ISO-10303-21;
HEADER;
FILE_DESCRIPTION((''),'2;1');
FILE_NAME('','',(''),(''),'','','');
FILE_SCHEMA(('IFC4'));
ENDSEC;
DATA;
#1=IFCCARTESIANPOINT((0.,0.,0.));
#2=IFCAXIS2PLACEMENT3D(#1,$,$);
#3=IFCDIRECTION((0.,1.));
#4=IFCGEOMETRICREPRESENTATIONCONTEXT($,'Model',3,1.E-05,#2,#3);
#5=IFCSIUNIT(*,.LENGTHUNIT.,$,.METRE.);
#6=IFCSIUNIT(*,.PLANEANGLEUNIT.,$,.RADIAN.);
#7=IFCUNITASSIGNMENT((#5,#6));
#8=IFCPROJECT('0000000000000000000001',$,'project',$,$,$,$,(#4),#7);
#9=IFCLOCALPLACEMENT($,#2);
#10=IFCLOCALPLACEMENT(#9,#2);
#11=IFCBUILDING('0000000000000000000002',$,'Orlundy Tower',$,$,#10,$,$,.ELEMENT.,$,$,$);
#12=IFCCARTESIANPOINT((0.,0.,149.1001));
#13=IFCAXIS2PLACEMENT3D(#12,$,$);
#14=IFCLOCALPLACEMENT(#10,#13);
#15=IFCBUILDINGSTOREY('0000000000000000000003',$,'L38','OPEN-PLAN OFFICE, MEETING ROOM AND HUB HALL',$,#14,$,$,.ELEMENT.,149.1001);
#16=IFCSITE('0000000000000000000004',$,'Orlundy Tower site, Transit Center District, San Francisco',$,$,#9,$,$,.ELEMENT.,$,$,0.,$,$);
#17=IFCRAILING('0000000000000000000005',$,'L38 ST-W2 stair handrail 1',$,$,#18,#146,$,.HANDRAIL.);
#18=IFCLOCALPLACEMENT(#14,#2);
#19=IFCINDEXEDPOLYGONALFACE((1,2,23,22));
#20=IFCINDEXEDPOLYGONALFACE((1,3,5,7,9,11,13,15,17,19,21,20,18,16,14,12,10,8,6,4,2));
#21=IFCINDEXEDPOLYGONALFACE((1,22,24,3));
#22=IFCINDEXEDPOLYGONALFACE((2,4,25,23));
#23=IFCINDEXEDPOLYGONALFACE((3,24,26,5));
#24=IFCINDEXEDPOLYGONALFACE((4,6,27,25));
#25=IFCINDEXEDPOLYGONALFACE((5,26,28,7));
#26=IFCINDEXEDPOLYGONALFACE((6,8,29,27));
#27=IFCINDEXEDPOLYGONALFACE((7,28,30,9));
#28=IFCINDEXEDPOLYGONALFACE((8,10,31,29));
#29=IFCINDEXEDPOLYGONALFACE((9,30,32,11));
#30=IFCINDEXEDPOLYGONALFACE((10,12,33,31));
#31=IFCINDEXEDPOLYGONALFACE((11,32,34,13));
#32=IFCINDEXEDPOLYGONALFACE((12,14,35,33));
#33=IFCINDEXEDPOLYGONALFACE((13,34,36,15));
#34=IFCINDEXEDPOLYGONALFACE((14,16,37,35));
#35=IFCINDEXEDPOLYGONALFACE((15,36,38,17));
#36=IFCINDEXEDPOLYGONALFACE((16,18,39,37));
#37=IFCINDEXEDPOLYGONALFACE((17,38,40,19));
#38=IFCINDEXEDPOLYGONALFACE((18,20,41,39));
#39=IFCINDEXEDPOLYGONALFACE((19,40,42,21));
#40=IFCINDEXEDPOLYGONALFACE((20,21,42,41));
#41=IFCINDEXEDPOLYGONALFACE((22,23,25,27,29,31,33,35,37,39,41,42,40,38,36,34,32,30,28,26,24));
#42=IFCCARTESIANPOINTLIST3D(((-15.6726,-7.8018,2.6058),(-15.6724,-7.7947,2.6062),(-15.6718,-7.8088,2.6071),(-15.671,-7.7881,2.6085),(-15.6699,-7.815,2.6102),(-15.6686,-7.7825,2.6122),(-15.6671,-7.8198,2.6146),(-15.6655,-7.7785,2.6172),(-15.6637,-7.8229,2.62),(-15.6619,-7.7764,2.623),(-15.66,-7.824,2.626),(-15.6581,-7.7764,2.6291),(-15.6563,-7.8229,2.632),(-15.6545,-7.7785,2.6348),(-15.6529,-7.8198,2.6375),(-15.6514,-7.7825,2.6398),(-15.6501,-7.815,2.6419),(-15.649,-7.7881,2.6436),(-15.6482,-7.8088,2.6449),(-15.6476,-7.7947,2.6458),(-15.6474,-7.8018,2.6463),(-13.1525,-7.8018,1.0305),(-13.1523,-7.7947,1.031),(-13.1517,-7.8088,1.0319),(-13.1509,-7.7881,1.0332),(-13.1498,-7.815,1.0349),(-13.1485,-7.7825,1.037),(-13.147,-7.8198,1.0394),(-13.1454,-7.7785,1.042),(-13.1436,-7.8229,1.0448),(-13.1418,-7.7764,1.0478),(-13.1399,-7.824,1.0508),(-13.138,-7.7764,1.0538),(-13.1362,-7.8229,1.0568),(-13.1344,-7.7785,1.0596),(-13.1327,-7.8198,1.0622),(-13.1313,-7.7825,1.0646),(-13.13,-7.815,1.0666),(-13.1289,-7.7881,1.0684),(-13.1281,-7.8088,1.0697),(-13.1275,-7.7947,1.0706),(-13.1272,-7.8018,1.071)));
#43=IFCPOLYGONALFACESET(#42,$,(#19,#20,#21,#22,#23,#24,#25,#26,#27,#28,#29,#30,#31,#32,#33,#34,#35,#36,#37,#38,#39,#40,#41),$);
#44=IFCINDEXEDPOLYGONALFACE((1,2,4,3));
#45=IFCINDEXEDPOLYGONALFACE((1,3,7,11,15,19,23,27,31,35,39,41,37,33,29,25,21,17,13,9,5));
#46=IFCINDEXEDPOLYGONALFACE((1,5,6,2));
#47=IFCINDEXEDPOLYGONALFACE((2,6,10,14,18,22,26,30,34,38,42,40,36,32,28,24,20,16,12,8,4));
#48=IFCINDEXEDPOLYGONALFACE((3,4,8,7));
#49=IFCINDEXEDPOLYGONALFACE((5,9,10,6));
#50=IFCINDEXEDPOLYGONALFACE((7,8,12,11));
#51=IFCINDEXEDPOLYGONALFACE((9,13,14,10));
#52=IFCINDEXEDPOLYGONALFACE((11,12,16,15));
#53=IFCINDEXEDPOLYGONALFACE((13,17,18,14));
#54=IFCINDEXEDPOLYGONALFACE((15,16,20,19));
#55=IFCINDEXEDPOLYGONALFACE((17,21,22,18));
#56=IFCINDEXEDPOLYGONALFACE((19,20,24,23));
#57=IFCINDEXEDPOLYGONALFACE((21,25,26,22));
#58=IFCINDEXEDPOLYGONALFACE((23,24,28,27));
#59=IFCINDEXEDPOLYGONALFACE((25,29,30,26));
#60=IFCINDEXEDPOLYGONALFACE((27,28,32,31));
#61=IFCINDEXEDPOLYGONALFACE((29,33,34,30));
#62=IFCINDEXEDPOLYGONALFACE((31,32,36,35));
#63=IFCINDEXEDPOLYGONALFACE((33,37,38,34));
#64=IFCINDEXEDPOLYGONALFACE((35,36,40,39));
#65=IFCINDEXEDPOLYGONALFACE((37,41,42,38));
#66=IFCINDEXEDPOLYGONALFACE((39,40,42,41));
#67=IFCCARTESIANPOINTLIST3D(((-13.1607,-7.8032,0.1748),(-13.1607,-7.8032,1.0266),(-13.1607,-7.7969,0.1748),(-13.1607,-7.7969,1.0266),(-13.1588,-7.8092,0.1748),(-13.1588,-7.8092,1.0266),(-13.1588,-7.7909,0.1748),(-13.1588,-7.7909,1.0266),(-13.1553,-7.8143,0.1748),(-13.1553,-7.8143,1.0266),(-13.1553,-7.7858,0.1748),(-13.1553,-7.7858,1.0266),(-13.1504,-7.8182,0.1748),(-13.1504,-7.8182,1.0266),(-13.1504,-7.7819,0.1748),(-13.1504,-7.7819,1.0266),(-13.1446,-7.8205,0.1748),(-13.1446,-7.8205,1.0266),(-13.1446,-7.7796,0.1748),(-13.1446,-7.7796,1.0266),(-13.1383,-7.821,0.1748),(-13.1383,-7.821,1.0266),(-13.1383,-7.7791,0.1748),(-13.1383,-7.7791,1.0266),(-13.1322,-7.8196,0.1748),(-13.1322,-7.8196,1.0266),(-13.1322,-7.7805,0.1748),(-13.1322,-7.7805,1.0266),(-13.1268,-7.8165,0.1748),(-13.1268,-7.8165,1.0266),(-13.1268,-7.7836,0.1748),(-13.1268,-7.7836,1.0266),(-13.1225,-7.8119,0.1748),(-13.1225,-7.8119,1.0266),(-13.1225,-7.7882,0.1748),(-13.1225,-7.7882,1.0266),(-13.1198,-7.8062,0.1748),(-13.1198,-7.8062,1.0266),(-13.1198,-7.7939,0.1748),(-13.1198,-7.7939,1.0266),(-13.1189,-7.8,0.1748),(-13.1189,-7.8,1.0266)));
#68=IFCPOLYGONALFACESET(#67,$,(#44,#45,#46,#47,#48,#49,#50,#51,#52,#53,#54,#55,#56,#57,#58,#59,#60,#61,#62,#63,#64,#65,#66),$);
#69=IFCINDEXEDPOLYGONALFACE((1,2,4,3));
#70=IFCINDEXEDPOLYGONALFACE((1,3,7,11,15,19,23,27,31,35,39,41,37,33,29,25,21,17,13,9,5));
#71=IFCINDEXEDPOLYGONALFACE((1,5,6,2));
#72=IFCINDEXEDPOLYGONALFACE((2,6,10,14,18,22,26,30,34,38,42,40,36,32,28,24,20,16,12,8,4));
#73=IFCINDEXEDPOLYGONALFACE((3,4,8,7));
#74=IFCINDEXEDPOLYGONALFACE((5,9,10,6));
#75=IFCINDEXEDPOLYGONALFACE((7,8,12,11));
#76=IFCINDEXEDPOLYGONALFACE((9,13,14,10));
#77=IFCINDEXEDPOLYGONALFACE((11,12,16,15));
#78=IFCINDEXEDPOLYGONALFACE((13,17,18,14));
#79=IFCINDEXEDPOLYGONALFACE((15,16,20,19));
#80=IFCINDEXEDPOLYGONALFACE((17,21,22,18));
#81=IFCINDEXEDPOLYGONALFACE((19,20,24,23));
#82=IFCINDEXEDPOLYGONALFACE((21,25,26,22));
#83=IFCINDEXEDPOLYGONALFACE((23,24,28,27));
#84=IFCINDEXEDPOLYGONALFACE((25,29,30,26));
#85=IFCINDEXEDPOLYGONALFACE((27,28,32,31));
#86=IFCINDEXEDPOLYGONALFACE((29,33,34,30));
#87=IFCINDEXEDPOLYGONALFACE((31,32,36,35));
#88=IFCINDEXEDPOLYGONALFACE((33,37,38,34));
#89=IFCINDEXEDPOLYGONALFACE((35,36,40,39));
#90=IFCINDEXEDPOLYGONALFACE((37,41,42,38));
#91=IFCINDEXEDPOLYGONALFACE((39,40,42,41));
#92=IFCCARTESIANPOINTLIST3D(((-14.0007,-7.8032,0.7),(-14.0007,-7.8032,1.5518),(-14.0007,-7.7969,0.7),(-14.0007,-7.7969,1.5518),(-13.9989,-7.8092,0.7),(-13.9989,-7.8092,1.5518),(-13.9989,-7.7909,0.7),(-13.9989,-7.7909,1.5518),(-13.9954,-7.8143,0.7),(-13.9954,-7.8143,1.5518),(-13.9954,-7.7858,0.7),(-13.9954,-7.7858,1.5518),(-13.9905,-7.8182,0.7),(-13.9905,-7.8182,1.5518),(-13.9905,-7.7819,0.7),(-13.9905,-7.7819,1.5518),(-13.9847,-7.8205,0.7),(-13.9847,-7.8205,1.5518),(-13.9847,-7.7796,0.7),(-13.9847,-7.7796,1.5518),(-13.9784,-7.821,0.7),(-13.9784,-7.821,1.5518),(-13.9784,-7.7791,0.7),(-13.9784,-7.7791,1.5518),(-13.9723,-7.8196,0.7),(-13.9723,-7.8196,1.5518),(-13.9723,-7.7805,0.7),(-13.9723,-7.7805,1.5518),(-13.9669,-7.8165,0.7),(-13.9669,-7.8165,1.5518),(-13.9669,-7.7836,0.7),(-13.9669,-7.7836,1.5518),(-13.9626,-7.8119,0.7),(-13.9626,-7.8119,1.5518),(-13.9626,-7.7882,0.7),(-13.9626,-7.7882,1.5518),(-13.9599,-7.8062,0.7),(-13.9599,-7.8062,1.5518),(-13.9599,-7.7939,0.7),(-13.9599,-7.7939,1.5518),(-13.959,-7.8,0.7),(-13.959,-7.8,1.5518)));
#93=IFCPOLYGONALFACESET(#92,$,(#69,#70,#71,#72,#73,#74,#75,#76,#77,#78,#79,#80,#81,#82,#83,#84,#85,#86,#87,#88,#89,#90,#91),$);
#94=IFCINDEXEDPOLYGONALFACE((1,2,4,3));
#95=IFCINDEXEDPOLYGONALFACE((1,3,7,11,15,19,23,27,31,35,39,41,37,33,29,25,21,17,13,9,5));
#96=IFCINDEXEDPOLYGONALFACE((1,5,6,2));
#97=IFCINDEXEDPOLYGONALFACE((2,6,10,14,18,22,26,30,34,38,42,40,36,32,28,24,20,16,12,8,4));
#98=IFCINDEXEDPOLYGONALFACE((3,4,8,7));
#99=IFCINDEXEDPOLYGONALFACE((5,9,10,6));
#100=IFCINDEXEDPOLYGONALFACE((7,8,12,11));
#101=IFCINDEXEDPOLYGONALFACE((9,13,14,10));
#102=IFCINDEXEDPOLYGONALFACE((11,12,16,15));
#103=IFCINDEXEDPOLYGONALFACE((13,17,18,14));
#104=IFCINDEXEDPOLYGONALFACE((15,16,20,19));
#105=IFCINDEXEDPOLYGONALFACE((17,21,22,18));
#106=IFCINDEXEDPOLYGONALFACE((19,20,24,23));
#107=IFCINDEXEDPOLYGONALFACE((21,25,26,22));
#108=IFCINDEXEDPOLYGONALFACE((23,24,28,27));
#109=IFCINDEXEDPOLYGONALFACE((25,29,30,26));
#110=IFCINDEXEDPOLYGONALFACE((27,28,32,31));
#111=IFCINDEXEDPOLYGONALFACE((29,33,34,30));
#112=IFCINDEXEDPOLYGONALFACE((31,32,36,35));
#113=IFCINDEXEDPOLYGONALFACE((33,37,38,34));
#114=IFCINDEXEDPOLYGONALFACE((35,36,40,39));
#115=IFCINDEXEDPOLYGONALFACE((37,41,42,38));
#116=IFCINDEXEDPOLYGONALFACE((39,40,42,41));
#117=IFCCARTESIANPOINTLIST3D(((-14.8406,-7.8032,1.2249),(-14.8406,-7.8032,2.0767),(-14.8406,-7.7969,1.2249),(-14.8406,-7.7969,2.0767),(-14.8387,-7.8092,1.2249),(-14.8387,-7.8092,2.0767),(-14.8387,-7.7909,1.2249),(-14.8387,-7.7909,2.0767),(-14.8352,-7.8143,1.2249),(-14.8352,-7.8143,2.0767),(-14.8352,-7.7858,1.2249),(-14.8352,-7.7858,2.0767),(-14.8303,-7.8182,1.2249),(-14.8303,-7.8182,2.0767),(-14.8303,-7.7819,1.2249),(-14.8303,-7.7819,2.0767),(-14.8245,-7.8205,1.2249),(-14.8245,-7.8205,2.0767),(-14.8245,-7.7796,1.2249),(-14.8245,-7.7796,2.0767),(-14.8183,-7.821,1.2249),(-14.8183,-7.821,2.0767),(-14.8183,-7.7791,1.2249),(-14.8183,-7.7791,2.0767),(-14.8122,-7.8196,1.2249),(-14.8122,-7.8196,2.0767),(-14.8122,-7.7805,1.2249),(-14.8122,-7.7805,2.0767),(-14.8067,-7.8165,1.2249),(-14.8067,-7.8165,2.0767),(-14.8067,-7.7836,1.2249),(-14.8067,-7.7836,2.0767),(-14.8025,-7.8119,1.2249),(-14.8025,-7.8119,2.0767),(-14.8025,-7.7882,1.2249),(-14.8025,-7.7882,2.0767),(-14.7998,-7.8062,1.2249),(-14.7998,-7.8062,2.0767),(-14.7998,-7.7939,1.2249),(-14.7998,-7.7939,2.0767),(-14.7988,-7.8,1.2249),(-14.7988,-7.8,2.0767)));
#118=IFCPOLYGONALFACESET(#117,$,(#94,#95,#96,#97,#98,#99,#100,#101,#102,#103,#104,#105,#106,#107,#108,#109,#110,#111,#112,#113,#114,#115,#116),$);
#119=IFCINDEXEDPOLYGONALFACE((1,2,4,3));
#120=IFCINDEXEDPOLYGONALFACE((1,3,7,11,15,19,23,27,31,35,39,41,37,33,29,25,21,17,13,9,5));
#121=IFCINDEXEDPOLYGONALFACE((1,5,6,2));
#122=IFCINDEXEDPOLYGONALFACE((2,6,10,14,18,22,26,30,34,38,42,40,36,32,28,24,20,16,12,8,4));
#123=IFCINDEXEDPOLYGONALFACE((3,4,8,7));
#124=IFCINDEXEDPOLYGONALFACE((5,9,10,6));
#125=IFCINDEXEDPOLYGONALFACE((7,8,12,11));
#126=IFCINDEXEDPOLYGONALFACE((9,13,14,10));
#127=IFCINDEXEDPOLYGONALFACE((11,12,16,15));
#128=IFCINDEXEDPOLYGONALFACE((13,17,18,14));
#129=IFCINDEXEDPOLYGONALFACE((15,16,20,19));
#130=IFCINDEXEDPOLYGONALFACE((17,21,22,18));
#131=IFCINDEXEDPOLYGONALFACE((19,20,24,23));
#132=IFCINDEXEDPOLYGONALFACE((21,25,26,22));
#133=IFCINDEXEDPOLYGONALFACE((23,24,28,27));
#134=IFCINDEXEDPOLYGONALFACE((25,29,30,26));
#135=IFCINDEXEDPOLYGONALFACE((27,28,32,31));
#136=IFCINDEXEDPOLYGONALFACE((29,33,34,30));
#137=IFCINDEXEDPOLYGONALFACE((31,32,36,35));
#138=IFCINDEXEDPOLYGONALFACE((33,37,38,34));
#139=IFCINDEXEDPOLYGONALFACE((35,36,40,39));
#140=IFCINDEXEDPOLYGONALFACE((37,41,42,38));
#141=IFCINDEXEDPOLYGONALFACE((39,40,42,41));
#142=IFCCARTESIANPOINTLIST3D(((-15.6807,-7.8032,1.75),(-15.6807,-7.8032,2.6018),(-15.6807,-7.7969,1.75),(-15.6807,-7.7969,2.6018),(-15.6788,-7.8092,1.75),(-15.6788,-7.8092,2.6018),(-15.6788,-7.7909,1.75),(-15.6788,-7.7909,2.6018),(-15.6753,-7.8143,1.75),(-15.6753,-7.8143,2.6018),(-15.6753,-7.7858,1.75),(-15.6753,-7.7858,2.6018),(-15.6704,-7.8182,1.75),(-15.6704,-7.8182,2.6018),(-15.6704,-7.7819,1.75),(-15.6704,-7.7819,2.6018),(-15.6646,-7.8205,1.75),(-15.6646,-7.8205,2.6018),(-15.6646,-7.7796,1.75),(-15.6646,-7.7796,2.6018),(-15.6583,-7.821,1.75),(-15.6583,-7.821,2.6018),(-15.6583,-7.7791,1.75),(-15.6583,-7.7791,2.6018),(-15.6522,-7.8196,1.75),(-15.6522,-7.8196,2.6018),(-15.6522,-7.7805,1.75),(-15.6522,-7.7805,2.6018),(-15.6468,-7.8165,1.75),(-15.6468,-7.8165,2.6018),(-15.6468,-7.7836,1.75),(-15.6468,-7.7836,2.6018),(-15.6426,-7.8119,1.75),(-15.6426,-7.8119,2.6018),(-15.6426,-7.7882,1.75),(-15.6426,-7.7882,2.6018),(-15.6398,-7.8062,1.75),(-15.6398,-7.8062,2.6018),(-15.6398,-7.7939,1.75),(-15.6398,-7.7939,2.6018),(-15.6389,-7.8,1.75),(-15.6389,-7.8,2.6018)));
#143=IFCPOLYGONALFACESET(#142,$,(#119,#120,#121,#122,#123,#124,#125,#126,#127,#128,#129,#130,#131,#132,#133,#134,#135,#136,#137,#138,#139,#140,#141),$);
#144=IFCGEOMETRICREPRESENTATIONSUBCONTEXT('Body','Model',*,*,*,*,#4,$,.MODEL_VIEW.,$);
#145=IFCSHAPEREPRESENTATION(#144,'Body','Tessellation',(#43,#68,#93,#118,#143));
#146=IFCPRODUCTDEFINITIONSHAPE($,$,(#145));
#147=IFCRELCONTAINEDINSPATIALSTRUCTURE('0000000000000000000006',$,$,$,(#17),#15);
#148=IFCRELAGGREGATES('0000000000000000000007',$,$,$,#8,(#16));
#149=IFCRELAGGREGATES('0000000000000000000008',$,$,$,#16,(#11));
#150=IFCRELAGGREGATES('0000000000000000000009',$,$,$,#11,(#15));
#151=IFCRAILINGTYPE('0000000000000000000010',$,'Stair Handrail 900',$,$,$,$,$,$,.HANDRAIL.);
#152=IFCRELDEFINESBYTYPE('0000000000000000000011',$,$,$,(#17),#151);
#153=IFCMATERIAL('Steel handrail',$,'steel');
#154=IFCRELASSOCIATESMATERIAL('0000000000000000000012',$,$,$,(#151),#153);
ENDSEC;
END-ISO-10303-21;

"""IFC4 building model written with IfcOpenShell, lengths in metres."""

from ifc_helpers import new_model, si_unit, direction, frame, origin, origin_2d, place, context, subcontext, project, spatial, circle, extrude, material, type_object, element, save


model = new_model("IFC4")

# Units and contexts
model_context = context("Model", 3, precision=1e-05, world=origin(), true_north=direction((0.0, 1.0)))
body_context = subcontext(model_context, "Body", "Model", "MODEL_VIEW")
ifc_project = project(units=[si_unit("LENGTHUNIT", "METRE"), si_unit("PLANEANGLEUNIT", "RADIAN")], contexts=[model_context])

# Site, building, storey
site_placement = place(None, origin())
site = spatial("IfcSite", under=ifc_project, at=site_placement, Name="Orlundy Tower site, Transit Center District, San Francisco", CompositionType="ELEMENT", RefElevation=0.0)
building_placement = place(site_placement, origin())
building = spatial("IfcBuilding", under=site, at=building_placement, Name="Orlundy Tower", CompositionType="ELEMENT")
storey_placement = place(building_placement, frame((0.0, 0.0, 149.1001)))
storey = spatial("IfcBuildingStorey", under=building, at=storey_placement, Name="L38", Description="OPEN-PLAN OFFICE, MEETING ROOM AND HUB HALL", CompositionType="ELEMENT", Elevation=149.1001)

# Railing
ifc_material_1 = material(Name="Steel handrail", Category="steel")
railing_type_1 = type_object("IfcRailingType", Name="Stair Handrail 900", PredefinedType="HANDRAIL", material=ifc_material_1)
railing_1_placement = place(storey_placement, frame((-13.1399, -7.8, 0.1748)))
element("IfcRailing", 1, at=railing_1_placement, inside=storey, type_object=railing_type_1, Name="L38 ST-W2 stair handrail 1", PredefinedType="HANDRAIL", context=body_context, shape_type="SweptSolid", body=[
    extrude(circle(Radius=0.0239, at=origin_2d()), frame((0.0, 0.0, 0.876), z_axis=(-0.847971, 0.0, 0.530043), x_axis=(0.0, -1.0, 0.0)), (0.0, 0.0, 1.0), 2.9719),
    extrude(circle(Radius=0.021, at=origin_2d()), origin(), (0.0, 0.0, 1.0), 0.8518),
    extrude(circle(Radius=0.021, at=origin_2d()), frame((-0.8401, 0.0, 0.5251)), (0.0, 0.0, 1.0), 0.8518),
    extrude(circle(Radius=0.021, at=origin_2d()), frame((-1.6799, 0.0, 1.05)), (0.0, 0.0, 1.0), 0.8518),
    extrude(circle(Radius=0.021, at=origin_2d()), frame((-2.52, 0.0, 1.5752)), (0.0, 0.0, 1.0), 0.8518),
])

save(model, "model.ifc")
